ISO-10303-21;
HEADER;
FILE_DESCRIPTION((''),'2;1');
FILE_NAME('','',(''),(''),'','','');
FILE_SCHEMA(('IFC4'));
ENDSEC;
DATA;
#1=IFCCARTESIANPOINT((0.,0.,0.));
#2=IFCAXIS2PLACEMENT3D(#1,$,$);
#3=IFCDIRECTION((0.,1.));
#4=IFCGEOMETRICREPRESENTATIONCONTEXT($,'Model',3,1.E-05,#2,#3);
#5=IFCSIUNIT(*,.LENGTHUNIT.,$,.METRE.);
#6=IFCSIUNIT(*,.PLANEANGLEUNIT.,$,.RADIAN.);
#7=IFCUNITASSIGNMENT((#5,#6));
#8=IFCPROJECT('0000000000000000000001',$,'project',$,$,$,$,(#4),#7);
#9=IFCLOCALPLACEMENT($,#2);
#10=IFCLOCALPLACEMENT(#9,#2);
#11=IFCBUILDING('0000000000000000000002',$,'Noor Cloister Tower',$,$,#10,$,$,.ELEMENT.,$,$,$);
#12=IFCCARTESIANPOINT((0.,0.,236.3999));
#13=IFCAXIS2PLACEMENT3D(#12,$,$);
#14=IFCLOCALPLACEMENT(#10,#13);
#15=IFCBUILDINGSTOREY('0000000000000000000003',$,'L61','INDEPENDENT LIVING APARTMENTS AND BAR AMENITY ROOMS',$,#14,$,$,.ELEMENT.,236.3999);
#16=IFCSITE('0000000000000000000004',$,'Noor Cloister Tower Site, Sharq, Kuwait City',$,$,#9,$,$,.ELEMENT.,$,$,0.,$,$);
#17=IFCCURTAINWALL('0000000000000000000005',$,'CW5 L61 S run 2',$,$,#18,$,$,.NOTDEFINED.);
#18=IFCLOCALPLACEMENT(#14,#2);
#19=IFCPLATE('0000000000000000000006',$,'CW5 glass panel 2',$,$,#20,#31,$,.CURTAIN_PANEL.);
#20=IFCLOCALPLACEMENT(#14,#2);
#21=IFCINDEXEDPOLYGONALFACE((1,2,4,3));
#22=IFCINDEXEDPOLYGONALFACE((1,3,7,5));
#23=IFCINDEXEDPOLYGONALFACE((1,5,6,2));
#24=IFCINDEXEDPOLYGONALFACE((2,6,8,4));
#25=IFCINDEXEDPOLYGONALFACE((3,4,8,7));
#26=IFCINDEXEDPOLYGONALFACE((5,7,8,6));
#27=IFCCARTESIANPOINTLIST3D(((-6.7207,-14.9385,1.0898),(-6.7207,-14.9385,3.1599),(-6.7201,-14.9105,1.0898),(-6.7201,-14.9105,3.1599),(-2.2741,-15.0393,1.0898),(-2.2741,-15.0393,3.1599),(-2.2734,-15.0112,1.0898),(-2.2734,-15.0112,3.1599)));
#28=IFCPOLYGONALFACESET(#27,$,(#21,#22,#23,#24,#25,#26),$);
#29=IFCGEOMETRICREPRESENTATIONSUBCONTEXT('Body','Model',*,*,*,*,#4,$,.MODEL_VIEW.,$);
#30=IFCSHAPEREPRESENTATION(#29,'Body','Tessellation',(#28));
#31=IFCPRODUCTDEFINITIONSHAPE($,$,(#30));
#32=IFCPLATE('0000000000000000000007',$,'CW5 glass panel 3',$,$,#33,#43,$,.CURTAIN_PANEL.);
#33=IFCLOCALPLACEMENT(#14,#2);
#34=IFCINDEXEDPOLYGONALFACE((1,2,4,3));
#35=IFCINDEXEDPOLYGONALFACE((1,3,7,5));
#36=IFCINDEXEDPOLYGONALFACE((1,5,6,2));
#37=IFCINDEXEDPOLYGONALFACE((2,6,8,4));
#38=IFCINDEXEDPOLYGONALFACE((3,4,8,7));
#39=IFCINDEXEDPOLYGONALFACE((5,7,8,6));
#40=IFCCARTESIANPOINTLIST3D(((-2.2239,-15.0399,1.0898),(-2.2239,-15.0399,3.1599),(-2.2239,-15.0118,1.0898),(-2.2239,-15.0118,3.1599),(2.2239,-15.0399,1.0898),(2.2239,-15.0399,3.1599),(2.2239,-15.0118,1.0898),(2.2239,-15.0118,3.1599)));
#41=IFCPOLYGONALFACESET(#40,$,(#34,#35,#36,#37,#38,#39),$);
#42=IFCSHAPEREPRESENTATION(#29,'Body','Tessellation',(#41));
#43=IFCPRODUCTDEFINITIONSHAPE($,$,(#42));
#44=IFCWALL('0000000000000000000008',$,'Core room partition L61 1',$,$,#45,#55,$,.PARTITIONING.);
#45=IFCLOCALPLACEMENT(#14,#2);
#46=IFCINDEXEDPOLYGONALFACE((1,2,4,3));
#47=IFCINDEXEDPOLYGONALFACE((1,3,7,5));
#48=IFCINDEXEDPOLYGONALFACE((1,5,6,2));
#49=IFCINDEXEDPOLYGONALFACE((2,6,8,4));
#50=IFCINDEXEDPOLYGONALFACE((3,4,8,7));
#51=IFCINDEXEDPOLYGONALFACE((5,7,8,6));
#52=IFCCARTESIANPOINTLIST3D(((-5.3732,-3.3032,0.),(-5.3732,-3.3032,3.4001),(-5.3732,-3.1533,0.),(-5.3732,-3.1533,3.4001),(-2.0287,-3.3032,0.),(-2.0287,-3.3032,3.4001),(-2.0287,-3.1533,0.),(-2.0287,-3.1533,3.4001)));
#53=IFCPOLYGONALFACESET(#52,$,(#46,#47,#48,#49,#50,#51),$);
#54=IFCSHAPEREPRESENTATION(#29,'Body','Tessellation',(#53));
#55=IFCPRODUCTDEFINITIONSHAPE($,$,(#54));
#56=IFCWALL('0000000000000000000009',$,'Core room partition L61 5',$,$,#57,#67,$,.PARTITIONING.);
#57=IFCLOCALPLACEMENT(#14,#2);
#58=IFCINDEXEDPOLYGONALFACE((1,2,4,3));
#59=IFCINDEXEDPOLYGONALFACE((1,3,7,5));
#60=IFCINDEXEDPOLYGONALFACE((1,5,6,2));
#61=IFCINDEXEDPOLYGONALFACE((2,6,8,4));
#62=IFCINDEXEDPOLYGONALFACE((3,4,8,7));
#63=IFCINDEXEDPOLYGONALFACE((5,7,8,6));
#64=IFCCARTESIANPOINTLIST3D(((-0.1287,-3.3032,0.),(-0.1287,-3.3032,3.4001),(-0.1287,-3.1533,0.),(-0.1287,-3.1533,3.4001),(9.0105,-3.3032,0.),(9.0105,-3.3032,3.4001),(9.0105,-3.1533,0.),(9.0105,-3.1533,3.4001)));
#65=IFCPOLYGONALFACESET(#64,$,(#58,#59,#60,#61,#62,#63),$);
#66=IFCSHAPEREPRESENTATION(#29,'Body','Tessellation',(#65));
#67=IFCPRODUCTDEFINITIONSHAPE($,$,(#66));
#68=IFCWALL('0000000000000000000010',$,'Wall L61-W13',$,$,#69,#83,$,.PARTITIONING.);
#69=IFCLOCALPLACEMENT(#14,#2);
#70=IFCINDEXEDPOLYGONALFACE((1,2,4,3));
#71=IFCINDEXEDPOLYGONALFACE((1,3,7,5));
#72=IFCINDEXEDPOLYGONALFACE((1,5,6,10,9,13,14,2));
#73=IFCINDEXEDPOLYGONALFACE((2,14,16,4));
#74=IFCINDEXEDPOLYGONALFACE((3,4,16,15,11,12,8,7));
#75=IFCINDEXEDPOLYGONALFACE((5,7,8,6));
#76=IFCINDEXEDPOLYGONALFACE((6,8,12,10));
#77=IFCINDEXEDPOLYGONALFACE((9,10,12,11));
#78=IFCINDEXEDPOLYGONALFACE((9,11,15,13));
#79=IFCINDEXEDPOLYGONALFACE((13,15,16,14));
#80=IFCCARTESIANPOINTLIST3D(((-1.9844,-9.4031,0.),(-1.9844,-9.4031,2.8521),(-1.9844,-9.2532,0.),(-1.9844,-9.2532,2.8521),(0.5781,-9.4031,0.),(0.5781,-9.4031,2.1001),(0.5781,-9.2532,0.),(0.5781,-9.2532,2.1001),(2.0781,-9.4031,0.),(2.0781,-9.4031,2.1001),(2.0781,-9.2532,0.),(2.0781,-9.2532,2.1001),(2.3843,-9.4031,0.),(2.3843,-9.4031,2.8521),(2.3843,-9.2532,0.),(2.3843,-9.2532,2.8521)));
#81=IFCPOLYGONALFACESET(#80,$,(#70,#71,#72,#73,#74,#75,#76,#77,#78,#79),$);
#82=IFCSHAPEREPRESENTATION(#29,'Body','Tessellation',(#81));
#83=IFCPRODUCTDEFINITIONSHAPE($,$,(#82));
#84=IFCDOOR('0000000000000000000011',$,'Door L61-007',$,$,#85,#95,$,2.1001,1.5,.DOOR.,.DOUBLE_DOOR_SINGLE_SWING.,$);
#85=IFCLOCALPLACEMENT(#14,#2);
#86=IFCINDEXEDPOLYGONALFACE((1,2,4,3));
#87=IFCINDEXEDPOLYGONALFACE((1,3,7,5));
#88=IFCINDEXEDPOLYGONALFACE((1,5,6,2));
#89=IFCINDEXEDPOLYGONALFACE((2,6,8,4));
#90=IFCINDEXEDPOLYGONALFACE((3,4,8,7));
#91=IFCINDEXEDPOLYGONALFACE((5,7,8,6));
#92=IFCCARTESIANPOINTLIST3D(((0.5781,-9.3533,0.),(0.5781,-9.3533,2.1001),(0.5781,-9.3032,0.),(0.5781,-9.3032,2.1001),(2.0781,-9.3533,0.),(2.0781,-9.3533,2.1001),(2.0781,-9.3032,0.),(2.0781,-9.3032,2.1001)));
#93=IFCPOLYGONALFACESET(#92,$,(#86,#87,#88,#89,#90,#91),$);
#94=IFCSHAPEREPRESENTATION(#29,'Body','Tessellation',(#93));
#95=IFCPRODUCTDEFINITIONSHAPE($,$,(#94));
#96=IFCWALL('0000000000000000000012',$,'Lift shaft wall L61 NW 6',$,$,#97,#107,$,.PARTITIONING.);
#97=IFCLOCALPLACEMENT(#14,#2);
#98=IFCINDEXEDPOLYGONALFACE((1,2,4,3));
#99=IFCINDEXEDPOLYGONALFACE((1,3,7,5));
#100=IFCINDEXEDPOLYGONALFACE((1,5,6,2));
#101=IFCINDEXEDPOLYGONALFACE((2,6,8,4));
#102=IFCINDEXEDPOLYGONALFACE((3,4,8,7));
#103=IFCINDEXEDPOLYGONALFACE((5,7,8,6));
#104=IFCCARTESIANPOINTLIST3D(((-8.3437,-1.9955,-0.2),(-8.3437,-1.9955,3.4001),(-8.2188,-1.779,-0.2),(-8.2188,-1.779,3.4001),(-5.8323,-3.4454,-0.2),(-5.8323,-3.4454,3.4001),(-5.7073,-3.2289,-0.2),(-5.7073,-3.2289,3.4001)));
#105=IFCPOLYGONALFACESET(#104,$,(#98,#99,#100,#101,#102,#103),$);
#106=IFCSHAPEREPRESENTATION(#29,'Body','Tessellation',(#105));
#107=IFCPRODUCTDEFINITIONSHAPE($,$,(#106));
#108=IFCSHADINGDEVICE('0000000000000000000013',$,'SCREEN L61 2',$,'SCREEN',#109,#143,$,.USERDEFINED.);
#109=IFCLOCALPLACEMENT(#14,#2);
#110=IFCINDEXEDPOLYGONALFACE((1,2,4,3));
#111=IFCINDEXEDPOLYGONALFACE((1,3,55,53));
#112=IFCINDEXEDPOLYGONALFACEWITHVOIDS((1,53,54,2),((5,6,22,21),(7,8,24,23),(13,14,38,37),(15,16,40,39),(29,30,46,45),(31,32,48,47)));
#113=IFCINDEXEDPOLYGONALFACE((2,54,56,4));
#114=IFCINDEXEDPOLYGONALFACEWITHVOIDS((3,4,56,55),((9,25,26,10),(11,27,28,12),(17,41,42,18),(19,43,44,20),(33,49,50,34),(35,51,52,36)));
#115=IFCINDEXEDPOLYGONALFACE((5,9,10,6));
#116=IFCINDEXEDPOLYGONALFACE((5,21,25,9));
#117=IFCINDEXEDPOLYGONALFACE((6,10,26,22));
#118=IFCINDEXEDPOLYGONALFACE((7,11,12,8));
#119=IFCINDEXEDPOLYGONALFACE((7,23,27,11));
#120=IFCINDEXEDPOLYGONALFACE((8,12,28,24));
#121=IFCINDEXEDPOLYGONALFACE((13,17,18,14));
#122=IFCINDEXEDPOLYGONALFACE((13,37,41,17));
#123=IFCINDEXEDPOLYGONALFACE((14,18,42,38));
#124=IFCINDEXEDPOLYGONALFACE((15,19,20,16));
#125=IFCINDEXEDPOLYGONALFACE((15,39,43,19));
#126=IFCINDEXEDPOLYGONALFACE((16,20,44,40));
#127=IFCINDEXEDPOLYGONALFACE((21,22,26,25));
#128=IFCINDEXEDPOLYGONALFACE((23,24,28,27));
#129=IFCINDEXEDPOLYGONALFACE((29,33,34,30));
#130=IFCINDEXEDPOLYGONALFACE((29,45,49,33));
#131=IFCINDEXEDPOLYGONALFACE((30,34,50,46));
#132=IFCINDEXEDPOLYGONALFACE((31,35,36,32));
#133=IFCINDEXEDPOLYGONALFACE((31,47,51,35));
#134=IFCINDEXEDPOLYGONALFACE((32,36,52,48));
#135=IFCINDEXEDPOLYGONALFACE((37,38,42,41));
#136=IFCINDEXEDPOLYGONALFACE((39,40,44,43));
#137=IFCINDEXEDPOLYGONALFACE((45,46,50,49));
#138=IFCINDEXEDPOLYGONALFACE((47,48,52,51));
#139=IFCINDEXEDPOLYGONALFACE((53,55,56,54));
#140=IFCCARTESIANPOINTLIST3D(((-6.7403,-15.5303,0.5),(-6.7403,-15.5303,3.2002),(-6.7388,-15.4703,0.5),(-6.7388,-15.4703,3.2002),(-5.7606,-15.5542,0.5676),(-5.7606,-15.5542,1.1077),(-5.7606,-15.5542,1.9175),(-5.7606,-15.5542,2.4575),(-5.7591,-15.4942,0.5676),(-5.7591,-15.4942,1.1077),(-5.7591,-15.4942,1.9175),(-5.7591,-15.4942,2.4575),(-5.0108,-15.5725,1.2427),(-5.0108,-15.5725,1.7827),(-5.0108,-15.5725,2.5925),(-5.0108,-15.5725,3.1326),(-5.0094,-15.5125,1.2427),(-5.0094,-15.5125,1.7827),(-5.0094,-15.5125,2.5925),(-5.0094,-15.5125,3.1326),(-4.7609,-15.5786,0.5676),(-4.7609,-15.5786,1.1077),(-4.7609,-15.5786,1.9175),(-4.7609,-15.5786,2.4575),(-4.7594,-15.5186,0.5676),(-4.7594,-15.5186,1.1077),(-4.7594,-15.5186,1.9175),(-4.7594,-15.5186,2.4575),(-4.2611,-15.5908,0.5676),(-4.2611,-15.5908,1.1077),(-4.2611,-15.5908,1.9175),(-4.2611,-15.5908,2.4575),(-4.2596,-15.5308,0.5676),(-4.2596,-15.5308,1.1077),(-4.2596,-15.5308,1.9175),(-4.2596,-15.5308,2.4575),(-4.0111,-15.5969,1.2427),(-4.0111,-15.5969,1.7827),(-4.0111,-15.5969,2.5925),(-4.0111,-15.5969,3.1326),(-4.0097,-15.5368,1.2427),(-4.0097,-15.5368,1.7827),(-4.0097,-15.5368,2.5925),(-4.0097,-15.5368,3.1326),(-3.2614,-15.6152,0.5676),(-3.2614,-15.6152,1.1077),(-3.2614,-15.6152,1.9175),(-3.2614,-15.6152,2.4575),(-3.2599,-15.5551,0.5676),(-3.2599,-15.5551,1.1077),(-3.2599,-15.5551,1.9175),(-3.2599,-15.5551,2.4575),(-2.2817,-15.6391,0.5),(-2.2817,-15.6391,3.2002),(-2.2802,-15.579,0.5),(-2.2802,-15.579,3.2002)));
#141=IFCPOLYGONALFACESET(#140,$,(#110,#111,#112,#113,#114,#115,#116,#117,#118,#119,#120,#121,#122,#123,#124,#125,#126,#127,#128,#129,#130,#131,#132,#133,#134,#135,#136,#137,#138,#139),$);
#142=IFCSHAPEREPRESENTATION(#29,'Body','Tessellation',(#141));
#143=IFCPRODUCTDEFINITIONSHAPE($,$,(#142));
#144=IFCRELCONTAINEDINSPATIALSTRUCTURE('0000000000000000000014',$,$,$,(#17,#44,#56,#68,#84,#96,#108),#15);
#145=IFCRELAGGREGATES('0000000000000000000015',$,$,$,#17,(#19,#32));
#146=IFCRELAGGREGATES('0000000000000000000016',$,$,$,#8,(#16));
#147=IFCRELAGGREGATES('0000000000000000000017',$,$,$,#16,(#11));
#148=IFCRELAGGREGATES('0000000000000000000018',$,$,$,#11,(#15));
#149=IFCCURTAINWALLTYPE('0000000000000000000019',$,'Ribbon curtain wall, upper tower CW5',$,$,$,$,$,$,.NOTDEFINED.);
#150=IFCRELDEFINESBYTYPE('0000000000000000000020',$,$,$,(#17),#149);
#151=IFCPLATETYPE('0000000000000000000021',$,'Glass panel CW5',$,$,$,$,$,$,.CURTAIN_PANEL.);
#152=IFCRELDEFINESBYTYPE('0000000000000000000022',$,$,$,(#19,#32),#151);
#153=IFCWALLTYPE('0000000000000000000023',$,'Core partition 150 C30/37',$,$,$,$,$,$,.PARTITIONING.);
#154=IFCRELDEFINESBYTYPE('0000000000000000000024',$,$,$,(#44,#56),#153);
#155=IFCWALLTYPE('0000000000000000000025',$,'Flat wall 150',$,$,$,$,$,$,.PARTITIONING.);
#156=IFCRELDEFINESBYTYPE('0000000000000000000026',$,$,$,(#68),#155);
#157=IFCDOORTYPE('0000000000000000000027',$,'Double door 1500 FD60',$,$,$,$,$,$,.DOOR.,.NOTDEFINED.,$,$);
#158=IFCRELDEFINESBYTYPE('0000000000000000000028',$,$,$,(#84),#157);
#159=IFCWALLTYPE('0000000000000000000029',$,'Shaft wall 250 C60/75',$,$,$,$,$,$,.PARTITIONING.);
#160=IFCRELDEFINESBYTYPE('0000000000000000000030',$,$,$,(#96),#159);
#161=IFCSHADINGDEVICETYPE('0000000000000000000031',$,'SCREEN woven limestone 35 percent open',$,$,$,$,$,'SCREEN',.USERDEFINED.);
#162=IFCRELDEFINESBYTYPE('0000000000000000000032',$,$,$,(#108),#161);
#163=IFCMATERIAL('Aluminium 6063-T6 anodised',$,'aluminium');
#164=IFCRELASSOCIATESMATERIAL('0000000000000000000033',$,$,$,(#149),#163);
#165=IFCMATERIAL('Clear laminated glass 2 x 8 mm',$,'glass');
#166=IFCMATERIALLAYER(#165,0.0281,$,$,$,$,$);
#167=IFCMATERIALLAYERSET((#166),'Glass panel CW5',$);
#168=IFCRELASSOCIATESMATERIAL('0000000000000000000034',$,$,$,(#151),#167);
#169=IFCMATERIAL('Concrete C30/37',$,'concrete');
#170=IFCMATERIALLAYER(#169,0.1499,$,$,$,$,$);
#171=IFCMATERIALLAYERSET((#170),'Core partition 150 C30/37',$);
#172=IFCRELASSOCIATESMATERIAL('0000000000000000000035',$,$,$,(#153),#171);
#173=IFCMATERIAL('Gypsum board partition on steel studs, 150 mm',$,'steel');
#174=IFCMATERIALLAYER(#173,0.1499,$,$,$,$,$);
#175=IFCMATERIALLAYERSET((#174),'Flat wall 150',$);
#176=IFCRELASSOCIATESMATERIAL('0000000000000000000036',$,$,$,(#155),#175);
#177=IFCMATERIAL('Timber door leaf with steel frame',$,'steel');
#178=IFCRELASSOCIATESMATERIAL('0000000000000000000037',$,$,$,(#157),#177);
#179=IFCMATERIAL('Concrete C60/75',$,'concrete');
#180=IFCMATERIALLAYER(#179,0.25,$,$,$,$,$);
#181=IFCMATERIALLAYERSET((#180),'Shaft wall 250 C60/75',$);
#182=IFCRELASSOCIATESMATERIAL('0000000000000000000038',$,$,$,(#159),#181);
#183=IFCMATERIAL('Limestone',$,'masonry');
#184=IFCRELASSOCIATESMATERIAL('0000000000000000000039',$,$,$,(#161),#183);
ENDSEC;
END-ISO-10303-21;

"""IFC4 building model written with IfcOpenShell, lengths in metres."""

from ifc_helpers import new_model, si_unit, direction, frame, frame_2d, origin, origin_2d, place, context, subcontext, project, spatial, polyline, rectangle, outline, extrude, material, layer, layer_set, material_profile, profile_set, type_object, element, fill, aggregate, save


model = new_model("IFC4")

# Units and contexts
model_context = context("Model", 3, precision=1e-05, world=origin(), true_north=direction((0.0, 1.0)))
body_context = subcontext(model_context, "Body", "Model", "MODEL_VIEW")
ifc_project = project(units=[si_unit("LENGTHUNIT", "METRE"), si_unit("PLANEANGLEUNIT", "RADIAN")], contexts=[model_context])

# Site, building, storey
site_placement = place(None, origin())
site = spatial("IfcSite", under=ifc_project, at=site_placement, Name="Noor Cloister Tower Site, Sharq, Kuwait City", CompositionType="ELEMENT", RefElevation=0.0)
building_placement = place(site_placement, origin())
building = spatial("IfcBuilding", under=site, at=building_placement, Name="Noor Cloister Tower", CompositionType="ELEMENT")
storey_placement = place(building_placement, frame((0.0, 0.0, 236.3999)))
storey = spatial("IfcBuildingStorey", under=building, at=storey_placement, Name="L61", Description="INDEPENDENT LIVING APARTMENTS AND BAR AMENITY ROOMS", CompositionType="ELEMENT", Elevation=236.3999)

# Curtain wall
ifc_material_1 = material(Name="Aluminium 6063-T6 anodised", Category="aluminium")
curtain_wall_type = type_object("IfcCurtainWallType", Name="Ribbon curtain wall, upper tower CW5", PredefinedType="NOTDEFINED", material=ifc_material_1)
curtain_wall_1_placement = place(storey_placement, origin())
curtain_wall_1 = element("IfcCurtainWall", 1, at=curtain_wall_1_placement, inside=storey, type_object=curtain_wall_type, Name="CW5 L61 S run 2", PredefinedType="NOTDEFINED")

# Plates
ifc_material_2 = material(Name="Clear laminated glass 2 x 8 mm", Category="glass")
ifc_layer_1 = layer(ifc_material_2, 0.0281)
ifc_layer_set_1 = layer_set([ifc_layer_1], Name="Glass panel CW5")
plate_type = type_object("IfcPlateType", Name="Glass panel CW5", PredefinedType="CURTAIN_PANEL", material=ifc_layer_set_1)
plate_1_placement = place(storey_placement, frame((-4.4971, -14.9749, 1.0898), z_axis=(0.0, 0.0, 1.0), x_axis=(0.999743, -0.022649, 0.0)))
plate_1 = element("IfcPlate", 2, at=plate_1_placement, type_object=plate_type, Name="CW5 glass panel 2", PredefinedType="CURTAIN_PANEL", context=body_context, shape_type="SweptSolid", body=[
    extrude(rectangle(XDim=4.4478, YDim=0.0281, at=origin_2d()), origin(), (0.0, 0.0, 1.0), 2.0701),
])
plate_2_placement = place(storey_placement, frame((0.0, -15.0259, 1.0898), z_axis=(0.0, 0.0, 1.0), x_axis=(1.0, 0.0, 0.0)))
plate_2 = element("IfcPlate", 3, at=plate_2_placement, type_object=plate_type, Name="CW5 glass panel 3", PredefinedType="CURTAIN_PANEL", context=body_context, shape_type="SweptSolid", body=[
    extrude(rectangle(XDim=4.4478, YDim=0.0281, at=origin_2d()), origin(), (0.0, 0.0, 1.0), 2.0701),
])
aggregate(curtain_wall_1, [plate_1, plate_2])

# Walls
ifc_material_3 = material(Name="Concrete C30/37", Category="concrete")
ifc_layer_2 = layer(ifc_material_3, 0.1499)
ifc_layer_set_2 = layer_set([ifc_layer_2], Name="Core partition 150 C30/37")
wall_type_1 = type_object("IfcWallType", Name="Core partition 150 C30/37", PredefinedType="PARTITIONING", material=ifc_layer_set_2)
wall_1_placement = place(storey_placement, frame((-5.3733, -3.2283, 0.0), z_axis=(0.0, 0.0, 1.0), x_axis=(1.0, 0.0, 0.0)))
element("IfcWall", 4, at=wall_1_placement, inside=storey, type_object=wall_type_1, Name="Core room partition L61 1", PredefinedType="PARTITIONING", context=body_context, shape_type="SweptSolid", body=[
    extrude(rectangle(XDim=3.3445, YDim=0.1499, at=frame_2d((1.6724, 0.0))), origin(), (0.0, 0.0, 1.0), 3.4001),
])
wall_2_placement = place(storey_placement, frame((-0.1287, -3.2283, 0.0), z_axis=(0.0, 0.0, 1.0), x_axis=(1.0, 0.0, 0.0)))
element("IfcWall", 5, at=wall_2_placement, inside=storey, type_object=wall_type_1, Name="Core room partition L61 5", PredefinedType="PARTITIONING", context=body_context, shape_type="SweptSolid", body=[
    extrude(rectangle(XDim=9.1392, YDim=0.1499, at=frame_2d((4.5696, 0.0))), origin(), (0.0, 0.0, 1.0), 3.4001),
])

# Wall, opening, door
ifc_material_4 = material(Name="Gypsum board partition on steel studs, 150 mm", Category="steel")
ifc_layer_3 = layer(ifc_material_4, 0.1499)
ifc_layer_set_3 = layer_set([ifc_layer_3], Name="Flat wall 150")
wall_type_2 = type_object("IfcWallType", Name="Flat wall 150", PredefinedType="PARTITIONING", material=ifc_layer_set_3)
wall_3_placement = place(storey_placement, frame((-1.9844, -9.3281, 0.0), z_axis=(0.0, 0.0, 1.0), x_axis=(1.0, 0.0, 0.0)))
wall_3 = element("IfcWall", 6, at=wall_3_placement, inside=storey, type_object=wall_type_2, Name="Wall L61-W13", PredefinedType="PARTITIONING", context=body_context, shape_type="SweptSolid", body=[
    extrude(rectangle(XDim=4.3687, YDim=0.1499, at=frame_2d((2.1843, 0.0))), origin(), (0.0, 0.0, 1.0), 2.8521),
])
opening_placement = place(wall_3_placement, frame((2.5625, 0.0, 0.0)))
opening = element("IfcOpeningElement", 7, at=opening_placement, cuts=wall_3, PredefinedType="OPENING", context=body_context, shape_type="SweptSolid", body=[
    extrude(rectangle(XDim=1.5, YDim=2.1001, at=frame_2d((0.75, 1.05))), frame((0.0, 0.085, 0.0), z_axis=(0.0, -1.0, 0.0), x_axis=(1.0, 0.0, 0.0)), (0.0, 0.0, 1.0), 0.1699),
])
ifc_material_5 = material(Name="Timber door leaf with steel frame", Category="steel")
door_type = type_object("IfcDoorType", Name="Double door 1500 FD60", OperationType="NOTDEFINED", PredefinedType="DOOR", material=ifc_material_5)
door_placement = place(opening_placement, origin())
door = element("IfcDoor", 8, at=door_placement, inside=storey, type_object=door_type, Name="Door L61-007", OperationType="DOUBLE_DOOR_SINGLE_SWING", OverallHeight=2.1001, OverallWidth=1.5, PredefinedType="DOOR", context=body_context, shape_type="SweptSolid", body=[
    extrude(rectangle(XDim=1.5, YDim=2.1001, at=frame_2d((0.75, 1.05))), frame((0.0, 0.0249, 0.0), z_axis=(0.0, -1.0, 0.0), x_axis=(1.0, 0.0, 0.0)), (0.0, 0.0, 1.0), 0.05),
])
fill(opening, door)

# Wall
ifc_material_6 = material(Name="Concrete C60/75", Category="concrete")
ifc_layer_4 = layer(ifc_material_6, 0.25)
ifc_layer_set_4 = layer_set([ifc_layer_4], Name="Shaft wall 250 C60/75")
wall_type_3 = type_object("IfcWallType", Name="Shaft wall 250 C60/75", PredefinedType="PARTITIONING", material=ifc_layer_set_4)
wall_4_placement = place(storey_placement, frame((-8.2812, -1.8872, -0.2), z_axis=(0.0, 0.0, 1.0), x_axis=(0.866033, -0.499987, 0.0)))
element("IfcWall", 9, at=wall_4_placement, inside=storey, type_object=wall_type_3, Name="Lift shaft wall L61 NW 6", PredefinedType="PARTITIONING", context=body_context, shape_type="SweptSolid", body=[
    extrude(rectangle(XDim=2.8999, YDim=0.25, at=frame_2d((1.45, 0.0))), origin(), (0.0, 0.0, 1.0), 3.6001),
])

# Shading device
ifc_material_7 = material(Name="Limestone", Category="masonry")
ifc_material_profile_1 = material_profile(ifc_material_7, outline(polyline([(-2.23, -1.3501), (2.23, -1.3501), (2.23, 1.3501), (-2.23, 1.3501), (-2.23, -1.3501)]), holes=[polyline([(-1.25, -1.2825), (-0.25, -1.2825), (-0.25, -0.7424), (-1.25, -0.7424), (-1.25, -1.2825)]), polyline([(0.25, -1.2825), (1.25, -1.2825), (1.25, -0.7424), (0.25, -0.7424), (0.25, -1.2825)]), polyline([(-0.5, -0.6074), (0.5, -0.6074), (0.5, -0.0674), (-0.5, -0.0674), (-0.5, -0.6074)]), polyline([(-1.25, 0.0674), (-0.25, 0.0674), (-0.25, 0.6074), (-1.25, 0.6074), (-1.25, 0.0674)]), polyline([(0.25, 0.0674), (1.25, 0.0674), (1.25, 0.6074), (0.25, 0.6074), (0.25, 0.0674)]), polyline([(-0.5, 0.7424), (0.5, 0.7424), (0.5, 1.2825), (-0.5, 1.2825), (-0.5, 0.7424)])]), Name="Woven screen 35 percent open")
ifc_profile_set_1 = profile_set([ifc_material_profile_1], Name="Limestone")
shading_device_type = type_object("IfcShadingDeviceType", Name="SCREEN woven limestone 35 percent open", ElementType="SCREEN", PredefinedType="USERDEFINED", material=ifc_profile_set_1)
for number, where, z_axis, x_axis, name in (
    (10, (-4.5095, -15.5247, 1.8501), (-0.024383, -0.999703, 0.0), (0.999703, -0.024383, 0.0), "SCREEN L61 2"),
):
    element("IfcShadingDevice", number, at=place(storey_placement, frame(where, z_axis=z_axis, x_axis=x_axis)), inside=storey, type_object=shading_device_type, Name=name, ObjectType="SCREEN", PredefinedType="USERDEFINED", context=body_context, shape_type="SweptSolid", body=[
        extrude(outline(polyline([(-2.23, -1.3501), (2.23, -1.3501), (2.23, 1.3501), (-2.23, 1.3501), (-2.23, -1.3501)]), holes=[polyline([(-1.25, -1.2825), (-0.25, -1.2825), (-0.25, -0.7424), (-1.25, -0.7424), (-1.25, -1.2825)]), polyline([(0.25, -1.2825), (1.25, -1.2825), (1.25, -0.7424), (0.25, -0.7424), (0.25, -1.2825)]), polyline([(-0.5, -0.6074), (0.5, -0.6074), (0.5, -0.0674), (-0.5, -0.0674), (-0.5, -0.6074)]), polyline([(-1.25, 0.0674), (-0.25, 0.0674), (-0.25, 0.6074), (-1.25, 0.6074), (-1.25, 0.0674)]), polyline([(0.25, 0.0674), (1.25, 0.0674), (1.25, 0.6074), (0.25, 0.6074), (0.25, 0.0674)]), polyline([(-0.5, 0.7424), (0.5, 0.7424), (0.5, 1.2825), (-0.5, 1.2825), (-0.5, 0.7424)])]), origin(), (0.0, 0.0, 1.0), 0.0601),
    ])

save(model, "model.ifc")
